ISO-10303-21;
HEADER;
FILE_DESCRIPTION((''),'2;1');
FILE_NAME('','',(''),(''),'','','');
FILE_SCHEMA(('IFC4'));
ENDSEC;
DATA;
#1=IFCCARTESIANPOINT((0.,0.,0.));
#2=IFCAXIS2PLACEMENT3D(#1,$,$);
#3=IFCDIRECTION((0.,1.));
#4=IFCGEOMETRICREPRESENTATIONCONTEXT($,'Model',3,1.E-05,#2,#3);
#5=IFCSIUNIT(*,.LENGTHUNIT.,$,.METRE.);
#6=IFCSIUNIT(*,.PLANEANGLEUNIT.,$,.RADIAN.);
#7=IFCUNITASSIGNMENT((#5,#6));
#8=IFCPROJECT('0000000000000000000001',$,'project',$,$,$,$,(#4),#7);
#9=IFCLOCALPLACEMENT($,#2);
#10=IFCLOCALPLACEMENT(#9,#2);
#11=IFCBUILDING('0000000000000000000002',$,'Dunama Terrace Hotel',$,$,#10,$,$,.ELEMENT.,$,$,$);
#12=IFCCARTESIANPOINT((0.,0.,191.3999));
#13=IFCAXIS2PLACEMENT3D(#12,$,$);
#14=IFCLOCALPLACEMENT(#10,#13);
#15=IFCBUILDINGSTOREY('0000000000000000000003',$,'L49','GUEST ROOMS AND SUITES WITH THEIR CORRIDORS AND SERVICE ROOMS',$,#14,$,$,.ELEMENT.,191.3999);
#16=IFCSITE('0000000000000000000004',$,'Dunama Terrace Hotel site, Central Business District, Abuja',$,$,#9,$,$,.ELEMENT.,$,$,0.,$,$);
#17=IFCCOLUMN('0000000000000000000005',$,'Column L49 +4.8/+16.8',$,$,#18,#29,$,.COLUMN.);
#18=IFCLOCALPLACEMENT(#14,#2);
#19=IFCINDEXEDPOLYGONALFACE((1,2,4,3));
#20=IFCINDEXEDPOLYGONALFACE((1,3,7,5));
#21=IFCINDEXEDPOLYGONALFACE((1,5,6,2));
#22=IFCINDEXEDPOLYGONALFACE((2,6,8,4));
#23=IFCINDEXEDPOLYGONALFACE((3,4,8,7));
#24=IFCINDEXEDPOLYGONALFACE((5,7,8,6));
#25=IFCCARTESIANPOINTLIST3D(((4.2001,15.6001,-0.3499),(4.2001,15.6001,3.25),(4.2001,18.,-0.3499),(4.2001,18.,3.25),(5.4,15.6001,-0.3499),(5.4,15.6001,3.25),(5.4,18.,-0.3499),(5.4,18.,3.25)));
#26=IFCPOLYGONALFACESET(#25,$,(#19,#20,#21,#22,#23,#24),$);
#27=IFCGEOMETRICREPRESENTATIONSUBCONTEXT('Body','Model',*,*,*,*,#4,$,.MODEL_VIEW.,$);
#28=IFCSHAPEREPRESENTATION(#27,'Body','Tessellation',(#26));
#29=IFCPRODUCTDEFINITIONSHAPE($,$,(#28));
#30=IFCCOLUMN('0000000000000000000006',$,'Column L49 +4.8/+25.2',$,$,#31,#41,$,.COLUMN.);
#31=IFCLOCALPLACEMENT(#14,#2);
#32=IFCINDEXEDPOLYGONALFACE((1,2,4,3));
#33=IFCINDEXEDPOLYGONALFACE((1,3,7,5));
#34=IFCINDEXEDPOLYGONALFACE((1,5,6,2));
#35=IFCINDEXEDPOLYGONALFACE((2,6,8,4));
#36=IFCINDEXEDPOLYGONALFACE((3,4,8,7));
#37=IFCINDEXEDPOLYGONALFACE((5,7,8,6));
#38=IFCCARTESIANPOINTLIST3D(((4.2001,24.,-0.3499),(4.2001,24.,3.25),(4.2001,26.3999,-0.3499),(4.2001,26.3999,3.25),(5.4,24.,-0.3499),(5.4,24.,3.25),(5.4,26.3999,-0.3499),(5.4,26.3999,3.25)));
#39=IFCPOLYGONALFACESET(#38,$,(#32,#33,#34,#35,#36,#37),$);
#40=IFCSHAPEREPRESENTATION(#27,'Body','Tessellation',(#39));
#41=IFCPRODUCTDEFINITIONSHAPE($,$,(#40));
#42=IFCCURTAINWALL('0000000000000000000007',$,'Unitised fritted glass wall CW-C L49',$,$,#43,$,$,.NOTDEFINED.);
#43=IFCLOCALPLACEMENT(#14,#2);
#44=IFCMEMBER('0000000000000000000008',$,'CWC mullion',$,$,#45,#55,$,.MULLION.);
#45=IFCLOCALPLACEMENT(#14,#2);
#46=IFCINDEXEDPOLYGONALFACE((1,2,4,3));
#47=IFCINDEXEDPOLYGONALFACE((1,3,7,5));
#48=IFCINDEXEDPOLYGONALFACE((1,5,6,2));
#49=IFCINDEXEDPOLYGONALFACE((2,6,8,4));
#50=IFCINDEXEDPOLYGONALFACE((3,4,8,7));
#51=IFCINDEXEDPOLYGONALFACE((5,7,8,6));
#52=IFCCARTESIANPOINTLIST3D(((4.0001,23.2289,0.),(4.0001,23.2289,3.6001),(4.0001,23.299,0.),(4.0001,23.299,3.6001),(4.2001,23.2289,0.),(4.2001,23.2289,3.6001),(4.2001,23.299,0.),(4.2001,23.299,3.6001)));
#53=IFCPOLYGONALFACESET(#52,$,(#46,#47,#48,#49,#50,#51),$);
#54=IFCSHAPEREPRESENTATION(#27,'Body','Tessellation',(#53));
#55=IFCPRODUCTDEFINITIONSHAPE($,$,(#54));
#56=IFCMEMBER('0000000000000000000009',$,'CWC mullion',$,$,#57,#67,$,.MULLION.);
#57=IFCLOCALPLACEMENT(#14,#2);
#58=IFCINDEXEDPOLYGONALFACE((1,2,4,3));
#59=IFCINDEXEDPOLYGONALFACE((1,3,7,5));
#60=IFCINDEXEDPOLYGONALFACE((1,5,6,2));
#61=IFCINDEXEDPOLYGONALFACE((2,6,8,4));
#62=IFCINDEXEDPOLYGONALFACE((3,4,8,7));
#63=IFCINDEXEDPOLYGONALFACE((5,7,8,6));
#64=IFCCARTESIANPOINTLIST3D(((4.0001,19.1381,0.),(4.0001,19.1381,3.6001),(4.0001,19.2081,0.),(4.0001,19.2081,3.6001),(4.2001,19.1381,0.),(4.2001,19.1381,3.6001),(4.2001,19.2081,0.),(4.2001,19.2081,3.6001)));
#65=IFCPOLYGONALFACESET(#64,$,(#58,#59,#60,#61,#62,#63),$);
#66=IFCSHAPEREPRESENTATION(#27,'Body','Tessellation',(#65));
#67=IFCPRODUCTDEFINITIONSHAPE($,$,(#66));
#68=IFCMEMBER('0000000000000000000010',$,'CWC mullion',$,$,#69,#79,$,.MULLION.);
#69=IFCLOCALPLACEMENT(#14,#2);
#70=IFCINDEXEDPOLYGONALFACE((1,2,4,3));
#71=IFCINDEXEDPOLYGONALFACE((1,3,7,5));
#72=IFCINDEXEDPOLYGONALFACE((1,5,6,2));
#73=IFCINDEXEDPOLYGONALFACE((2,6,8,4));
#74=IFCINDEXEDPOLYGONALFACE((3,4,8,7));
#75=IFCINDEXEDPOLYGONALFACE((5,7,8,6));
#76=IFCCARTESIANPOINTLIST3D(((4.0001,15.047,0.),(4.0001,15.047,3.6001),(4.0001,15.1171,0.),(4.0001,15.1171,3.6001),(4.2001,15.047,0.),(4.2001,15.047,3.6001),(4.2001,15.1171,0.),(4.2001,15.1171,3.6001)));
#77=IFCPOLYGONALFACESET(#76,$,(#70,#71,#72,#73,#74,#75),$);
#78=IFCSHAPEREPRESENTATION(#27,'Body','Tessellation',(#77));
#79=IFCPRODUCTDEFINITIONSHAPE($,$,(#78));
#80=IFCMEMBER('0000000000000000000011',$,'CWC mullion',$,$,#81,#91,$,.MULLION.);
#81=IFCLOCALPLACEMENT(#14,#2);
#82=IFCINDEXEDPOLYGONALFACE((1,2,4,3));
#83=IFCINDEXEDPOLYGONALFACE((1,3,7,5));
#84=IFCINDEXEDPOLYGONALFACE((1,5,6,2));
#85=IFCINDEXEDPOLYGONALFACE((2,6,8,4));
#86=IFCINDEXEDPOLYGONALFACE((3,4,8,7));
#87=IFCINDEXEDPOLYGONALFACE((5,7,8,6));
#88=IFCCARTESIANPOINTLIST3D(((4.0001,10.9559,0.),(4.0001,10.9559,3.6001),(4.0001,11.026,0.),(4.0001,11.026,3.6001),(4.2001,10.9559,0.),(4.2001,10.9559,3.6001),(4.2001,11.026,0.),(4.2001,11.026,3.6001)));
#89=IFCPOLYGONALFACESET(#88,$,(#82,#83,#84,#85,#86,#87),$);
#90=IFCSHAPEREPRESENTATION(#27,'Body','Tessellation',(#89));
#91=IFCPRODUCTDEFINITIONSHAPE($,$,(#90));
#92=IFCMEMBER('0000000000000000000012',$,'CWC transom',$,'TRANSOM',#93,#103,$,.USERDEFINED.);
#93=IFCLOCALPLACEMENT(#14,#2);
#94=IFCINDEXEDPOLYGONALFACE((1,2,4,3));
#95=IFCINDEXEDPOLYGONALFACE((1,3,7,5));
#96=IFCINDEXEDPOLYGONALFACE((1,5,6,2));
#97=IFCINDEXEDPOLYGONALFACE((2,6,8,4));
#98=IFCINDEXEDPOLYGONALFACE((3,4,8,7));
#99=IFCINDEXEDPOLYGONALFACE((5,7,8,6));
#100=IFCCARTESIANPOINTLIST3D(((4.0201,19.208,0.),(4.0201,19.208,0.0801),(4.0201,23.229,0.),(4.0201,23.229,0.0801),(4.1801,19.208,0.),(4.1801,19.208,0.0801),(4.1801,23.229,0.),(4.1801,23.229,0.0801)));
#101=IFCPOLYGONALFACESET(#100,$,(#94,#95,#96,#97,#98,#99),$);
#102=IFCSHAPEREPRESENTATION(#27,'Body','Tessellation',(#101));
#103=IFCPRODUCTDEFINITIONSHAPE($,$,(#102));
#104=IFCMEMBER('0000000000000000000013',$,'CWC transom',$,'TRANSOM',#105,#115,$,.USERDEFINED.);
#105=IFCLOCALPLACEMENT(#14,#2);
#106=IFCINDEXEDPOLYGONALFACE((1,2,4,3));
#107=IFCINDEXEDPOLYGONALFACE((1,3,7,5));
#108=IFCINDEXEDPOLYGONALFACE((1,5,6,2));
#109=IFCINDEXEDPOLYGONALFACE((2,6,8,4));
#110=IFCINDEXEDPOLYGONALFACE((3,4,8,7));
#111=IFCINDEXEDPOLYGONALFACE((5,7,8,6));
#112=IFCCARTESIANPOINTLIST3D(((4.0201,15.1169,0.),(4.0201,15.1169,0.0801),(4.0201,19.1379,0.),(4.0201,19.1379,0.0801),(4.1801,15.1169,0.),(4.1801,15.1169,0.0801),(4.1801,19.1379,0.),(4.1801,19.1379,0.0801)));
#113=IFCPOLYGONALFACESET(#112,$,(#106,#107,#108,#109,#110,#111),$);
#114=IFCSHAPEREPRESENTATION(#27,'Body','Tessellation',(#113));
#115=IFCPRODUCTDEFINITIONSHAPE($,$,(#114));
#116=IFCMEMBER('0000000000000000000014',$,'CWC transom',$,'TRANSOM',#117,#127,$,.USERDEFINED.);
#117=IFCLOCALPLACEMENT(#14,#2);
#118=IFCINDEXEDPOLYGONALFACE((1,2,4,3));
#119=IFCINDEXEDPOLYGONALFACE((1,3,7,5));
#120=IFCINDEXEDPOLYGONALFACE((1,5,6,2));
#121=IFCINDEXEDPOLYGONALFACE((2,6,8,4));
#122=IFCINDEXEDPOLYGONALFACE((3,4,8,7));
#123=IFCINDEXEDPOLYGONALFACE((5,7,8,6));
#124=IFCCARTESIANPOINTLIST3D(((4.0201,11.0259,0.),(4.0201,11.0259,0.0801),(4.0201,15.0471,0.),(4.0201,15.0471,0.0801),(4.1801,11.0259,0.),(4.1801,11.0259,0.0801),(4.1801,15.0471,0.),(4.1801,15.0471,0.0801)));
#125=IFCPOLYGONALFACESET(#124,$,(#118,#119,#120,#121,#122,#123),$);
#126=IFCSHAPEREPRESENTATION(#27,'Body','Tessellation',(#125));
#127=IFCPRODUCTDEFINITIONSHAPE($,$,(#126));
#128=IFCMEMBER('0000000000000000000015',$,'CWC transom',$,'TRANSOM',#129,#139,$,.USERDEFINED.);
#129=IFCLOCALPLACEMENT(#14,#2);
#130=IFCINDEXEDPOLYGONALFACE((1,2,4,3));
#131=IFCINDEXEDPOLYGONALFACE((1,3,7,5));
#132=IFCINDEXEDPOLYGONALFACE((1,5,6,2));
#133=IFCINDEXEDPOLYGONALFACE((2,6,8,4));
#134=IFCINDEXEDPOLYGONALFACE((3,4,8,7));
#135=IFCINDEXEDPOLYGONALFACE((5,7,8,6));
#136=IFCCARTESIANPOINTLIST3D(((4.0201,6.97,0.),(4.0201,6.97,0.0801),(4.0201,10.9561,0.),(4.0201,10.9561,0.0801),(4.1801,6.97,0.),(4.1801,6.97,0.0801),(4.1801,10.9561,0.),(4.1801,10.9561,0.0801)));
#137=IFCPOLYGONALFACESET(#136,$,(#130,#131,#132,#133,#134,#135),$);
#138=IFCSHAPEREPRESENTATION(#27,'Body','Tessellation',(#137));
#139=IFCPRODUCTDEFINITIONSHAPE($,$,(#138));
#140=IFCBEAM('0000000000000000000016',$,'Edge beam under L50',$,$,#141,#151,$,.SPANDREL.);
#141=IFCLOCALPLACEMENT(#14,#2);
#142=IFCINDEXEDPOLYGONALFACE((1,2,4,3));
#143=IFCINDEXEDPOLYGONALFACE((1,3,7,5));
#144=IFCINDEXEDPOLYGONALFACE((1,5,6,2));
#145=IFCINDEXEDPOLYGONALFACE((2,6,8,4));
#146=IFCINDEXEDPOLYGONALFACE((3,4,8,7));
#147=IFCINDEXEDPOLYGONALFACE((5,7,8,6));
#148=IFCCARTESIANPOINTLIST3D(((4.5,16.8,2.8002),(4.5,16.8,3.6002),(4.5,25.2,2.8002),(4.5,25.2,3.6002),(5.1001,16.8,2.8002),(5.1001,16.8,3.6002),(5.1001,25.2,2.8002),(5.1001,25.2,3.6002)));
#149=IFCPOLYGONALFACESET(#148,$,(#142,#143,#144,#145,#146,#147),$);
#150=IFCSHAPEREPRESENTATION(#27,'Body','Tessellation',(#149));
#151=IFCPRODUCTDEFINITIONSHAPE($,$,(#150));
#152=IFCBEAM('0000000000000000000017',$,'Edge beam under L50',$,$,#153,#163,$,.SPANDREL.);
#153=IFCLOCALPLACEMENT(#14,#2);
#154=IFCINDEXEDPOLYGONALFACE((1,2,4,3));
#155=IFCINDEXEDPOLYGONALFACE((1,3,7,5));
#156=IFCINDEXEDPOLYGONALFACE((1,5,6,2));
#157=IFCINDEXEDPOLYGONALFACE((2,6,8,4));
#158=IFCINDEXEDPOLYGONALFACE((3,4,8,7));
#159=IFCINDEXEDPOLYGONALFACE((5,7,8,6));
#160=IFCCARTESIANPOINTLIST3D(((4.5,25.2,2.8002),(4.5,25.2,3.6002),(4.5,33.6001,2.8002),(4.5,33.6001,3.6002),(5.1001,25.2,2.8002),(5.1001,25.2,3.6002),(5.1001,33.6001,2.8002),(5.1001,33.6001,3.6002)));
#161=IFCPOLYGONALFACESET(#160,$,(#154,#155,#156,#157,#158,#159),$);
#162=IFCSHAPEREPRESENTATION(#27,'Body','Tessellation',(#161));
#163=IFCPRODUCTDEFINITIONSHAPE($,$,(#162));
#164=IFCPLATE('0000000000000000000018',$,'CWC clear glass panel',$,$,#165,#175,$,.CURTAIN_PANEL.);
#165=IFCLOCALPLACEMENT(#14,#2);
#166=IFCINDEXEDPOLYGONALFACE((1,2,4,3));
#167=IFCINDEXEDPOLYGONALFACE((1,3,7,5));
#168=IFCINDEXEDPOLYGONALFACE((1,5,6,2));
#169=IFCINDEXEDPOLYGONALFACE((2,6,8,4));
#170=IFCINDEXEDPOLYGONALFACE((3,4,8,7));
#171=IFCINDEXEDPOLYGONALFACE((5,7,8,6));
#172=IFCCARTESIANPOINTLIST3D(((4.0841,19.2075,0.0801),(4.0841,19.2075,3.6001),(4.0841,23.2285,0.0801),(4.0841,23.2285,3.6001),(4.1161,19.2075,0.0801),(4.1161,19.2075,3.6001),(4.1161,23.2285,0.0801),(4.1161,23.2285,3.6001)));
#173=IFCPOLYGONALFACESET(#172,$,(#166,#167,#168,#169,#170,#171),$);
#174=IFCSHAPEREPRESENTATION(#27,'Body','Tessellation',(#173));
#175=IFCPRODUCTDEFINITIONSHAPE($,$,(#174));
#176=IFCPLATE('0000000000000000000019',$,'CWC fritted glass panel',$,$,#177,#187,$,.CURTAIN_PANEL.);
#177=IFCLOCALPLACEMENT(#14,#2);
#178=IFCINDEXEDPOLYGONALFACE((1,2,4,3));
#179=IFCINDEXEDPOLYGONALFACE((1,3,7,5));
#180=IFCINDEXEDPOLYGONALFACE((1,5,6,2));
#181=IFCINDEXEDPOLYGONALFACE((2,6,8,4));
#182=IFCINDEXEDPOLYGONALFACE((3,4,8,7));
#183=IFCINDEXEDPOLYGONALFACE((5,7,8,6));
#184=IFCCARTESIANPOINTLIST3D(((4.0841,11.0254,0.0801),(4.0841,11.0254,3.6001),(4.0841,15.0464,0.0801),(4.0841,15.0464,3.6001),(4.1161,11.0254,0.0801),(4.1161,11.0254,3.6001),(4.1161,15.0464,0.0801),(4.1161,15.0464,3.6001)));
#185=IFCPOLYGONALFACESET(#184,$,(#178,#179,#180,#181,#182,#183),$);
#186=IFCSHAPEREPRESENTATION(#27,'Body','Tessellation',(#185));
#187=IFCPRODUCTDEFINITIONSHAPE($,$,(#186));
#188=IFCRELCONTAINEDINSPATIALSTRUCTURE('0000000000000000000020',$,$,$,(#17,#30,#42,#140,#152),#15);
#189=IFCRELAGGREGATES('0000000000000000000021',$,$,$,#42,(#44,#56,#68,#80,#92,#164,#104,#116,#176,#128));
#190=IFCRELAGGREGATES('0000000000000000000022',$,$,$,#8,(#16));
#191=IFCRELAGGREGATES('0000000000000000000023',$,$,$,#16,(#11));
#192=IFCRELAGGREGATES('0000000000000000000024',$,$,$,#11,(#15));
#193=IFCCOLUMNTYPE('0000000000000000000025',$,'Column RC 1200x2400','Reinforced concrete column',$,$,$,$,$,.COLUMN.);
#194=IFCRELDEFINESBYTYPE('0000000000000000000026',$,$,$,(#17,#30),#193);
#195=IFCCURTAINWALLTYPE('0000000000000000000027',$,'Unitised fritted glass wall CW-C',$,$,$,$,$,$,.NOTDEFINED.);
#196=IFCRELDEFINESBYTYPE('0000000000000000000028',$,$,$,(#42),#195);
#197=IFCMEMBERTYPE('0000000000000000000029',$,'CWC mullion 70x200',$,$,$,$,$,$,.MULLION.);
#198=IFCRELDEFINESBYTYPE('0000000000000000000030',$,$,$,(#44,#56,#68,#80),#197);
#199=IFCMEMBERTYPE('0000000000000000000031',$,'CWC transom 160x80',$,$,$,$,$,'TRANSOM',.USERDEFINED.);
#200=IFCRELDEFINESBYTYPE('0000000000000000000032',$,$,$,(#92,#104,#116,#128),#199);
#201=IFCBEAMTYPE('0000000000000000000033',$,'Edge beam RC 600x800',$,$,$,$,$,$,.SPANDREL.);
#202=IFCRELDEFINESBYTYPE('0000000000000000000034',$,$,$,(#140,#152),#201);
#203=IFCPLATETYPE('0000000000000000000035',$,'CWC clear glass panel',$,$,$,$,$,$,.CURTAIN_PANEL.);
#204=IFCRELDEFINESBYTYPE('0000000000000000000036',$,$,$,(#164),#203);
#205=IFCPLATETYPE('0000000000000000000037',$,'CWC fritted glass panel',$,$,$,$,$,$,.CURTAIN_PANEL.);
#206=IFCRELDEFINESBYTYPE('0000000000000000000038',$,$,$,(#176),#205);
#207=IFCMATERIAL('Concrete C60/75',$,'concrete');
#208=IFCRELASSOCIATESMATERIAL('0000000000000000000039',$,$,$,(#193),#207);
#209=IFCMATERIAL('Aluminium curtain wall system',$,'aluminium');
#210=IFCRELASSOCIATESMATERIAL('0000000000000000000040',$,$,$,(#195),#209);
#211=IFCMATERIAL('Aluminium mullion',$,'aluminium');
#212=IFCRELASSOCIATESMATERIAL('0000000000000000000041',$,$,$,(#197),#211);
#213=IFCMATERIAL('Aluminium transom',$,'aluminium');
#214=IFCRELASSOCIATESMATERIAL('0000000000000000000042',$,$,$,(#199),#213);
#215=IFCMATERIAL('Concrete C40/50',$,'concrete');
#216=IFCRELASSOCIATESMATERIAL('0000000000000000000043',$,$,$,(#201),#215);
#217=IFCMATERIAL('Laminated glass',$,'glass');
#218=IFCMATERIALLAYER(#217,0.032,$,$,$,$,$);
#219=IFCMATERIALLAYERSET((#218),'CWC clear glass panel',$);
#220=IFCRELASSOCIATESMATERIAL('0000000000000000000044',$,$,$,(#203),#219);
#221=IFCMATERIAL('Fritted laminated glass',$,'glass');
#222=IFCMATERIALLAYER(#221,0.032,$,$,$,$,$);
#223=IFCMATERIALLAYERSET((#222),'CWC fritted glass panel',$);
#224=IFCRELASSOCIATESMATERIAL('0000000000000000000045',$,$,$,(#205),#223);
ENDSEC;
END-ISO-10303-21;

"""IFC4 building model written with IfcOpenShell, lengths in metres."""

from ifc_helpers import new_model, si_unit, direction, frame, origin, origin_2d, place, context, subcontext, project, spatial, rectangle, extrude, material, layer, layer_set, material_profile, profile_set, type_object, element, aggregate, save


model = new_model("IFC4")

# Units and contexts
model_context = context("Model", 3, precision=1e-05, world=origin(), true_north=direction((0.0, 1.0)))
body_context = subcontext(model_context, "Body", "Model", "MODEL_VIEW")
ifc_project = project(units=[si_unit("LENGTHUNIT", "METRE"), si_unit("PLANEANGLEUNIT", "RADIAN")], contexts=[model_context])

# Site, building, storey
site_placement = place(None, origin())
site = spatial("IfcSite", under=ifc_project, at=site_placement, Name="Dunama Terrace Hotel site, Central Business District, Abuja", CompositionType="ELEMENT", RefElevation=0.0)
building_placement = place(site_placement, origin())
building = spatial("IfcBuilding", under=site, at=building_placement, Name="Dunama Terrace Hotel", CompositionType="ELEMENT")
storey_placement = place(building_placement, frame((0.0, 0.0, 191.3999)))
storey = spatial("IfcBuildingStorey", under=building, at=storey_placement, Name="L49", Description="GUEST ROOMS AND SUITES WITH THEIR CORRIDORS AND SERVICE ROOMS", CompositionType="ELEMENT", Elevation=191.3999)

# Columns
ifc_material_1 = material(Name="Concrete C60/75", Category="concrete")
ifc_material_profile_1 = material_profile(ifc_material_1, rectangle(XDim=1.2, YDim=2.3999, at=origin_2d()), Name="RC 1200x2400")
ifc_profile_set_1 = profile_set([ifc_material_profile_1], Name="Concrete C60/75")
column_type = type_object("IfcColumnType", Name="Column RC 1200x2400", Description="Reinforced concrete column", PredefinedType="COLUMN", material=ifc_profile_set_1)
for number, where, z_axis, x_axis, name in (
    (1, (4.8, 16.8, -0.3499), (0.0, 0.0, 1.0), (1.0, 0.0, 0.0), "Column L49 +4.8/+16.8"),
    (2, (4.8, 25.2, -0.3499), (0.0, 0.0, 1.0), (1.0, 0.0, 0.0), "Column L49 +4.8/+25.2"),
):
    element("IfcColumn", number, at=place(storey_placement, frame(where, z_axis=z_axis, x_axis=x_axis)), inside=storey, type_object=column_type, Name=name, PredefinedType="COLUMN", context=body_context, shape_type="SweptSolid", body=[
        extrude(rectangle(XDim=1.2, YDim=2.3999, at=origin_2d()), origin(), (0.0, 0.0, 1.0), 3.5999),
    ])

# Curtain wall, members
ifc_material_2 = material(Name="Aluminium curtain wall system", Category="aluminium")
curtain_wall_type = type_object("IfcCurtainWallType", Name="Unitised fritted glass wall CW-C", PredefinedType="NOTDEFINED", material=ifc_material_2)
curtain_wall_placement = place(storey_placement, origin())
curtain_wall = element("IfcCurtainWall", 3, at=curtain_wall_placement, inside=storey, type_object=curtain_wall_type, Name="Unitised fritted glass wall CW-C L49", PredefinedType="NOTDEFINED")
ifc_material_3 = material(Name="Aluminium mullion", Category="aluminium")
ifc_material_profile_2 = material_profile(ifc_material_3, rectangle(XDim=0.0701, YDim=0.2, at=origin_2d()), Name="CWC MULLION 70X200")
ifc_profile_set_2 = profile_set([ifc_material_profile_2], Name="Aluminium mullion")
member_type_1 = type_object("IfcMemberType", Name="CWC mullion 70x200", PredefinedType="MULLION", material=ifc_profile_set_2)
member_1_placement = place(storey_placement, frame((4.1001, 23.2639, 0.0), z_axis=(0.0, 0.0, 1.0), x_axis=(0.0, -1.0, 0.0)))
member_1 = element("IfcMember", 4, at=member_1_placement, type_object=member_type_1, Name="CWC mullion", PredefinedType="MULLION", context=body_context, shape_type="SweptSolid", body=[
    extrude(rectangle(XDim=0.0701, YDim=0.2, at=origin_2d()), origin(), (0.0, 0.0, 1.0), 3.6001),
])
member_2_placement = place(storey_placement, frame((4.1001, 19.1731, 0.0), z_axis=(0.0, 0.0, 1.0), x_axis=(0.0, -1.0, 0.0)))
member_2 = element("IfcMember", 5, at=member_2_placement, type_object=member_type_1, Name="CWC mullion", PredefinedType="MULLION", context=body_context, shape_type="SweptSolid", body=[
    extrude(rectangle(XDim=0.0701, YDim=0.2, at=origin_2d()), origin(), (0.0, 0.0, 1.0), 3.6001),
])
member_3_placement = place(storey_placement, frame((4.1001, 15.082, 0.0), z_axis=(0.0, 0.0, 1.0), x_axis=(0.0, -1.0, 0.0)))
member_3 = element("IfcMember", 6, at=member_3_placement, type_object=member_type_1, Name="CWC mullion", PredefinedType="MULLION", context=body_context, shape_type="SweptSolid", body=[
    extrude(rectangle(XDim=0.0701, YDim=0.2, at=origin_2d()), origin(), (0.0, 0.0, 1.0), 3.6001),
])
member_4_placement = place(storey_placement, frame((4.1001, 10.991, 0.0), z_axis=(0.0, 0.0, 1.0), x_axis=(0.0, -1.0, 0.0)))
member_4 = element("IfcMember", 7, at=member_4_placement, type_object=member_type_1, Name="CWC mullion", PredefinedType="MULLION", context=body_context, shape_type="SweptSolid", body=[
    extrude(rectangle(XDim=0.0701, YDim=0.2, at=origin_2d()), origin(), (0.0, 0.0, 1.0), 3.6001),
])
ifc_material_4 = material(Name="Aluminium transom", Category="aluminium")
ifc_material_profile_3 = material_profile(ifc_material_4, rectangle(XDim=0.1599, YDim=0.0801, at=origin_2d()), Name="CWC TRANSOM 160X80")
ifc_profile_set_3 = profile_set([ifc_material_profile_3], Name="Aluminium transom")
member_type_2 = type_object("IfcMemberType", Name="CWC transom 160x80", ElementType="TRANSOM", PredefinedType="USERDEFINED", material=ifc_profile_set_3)
member_5_placement = place(storey_placement, frame((4.1001, 23.229, 0.04), z_axis=(0.0, -1.0, 0.0), x_axis=(1.0, 0.0, 0.0)))
member_5 = element("IfcMember", 8, at=member_5_placement, type_object=member_type_2, Name="CWC transom", ObjectType="TRANSOM", PredefinedType="USERDEFINED", context=body_context, shape_type="SweptSolid", body=[
    extrude(rectangle(XDim=0.1599, YDim=0.0801, at=origin_2d()), origin(), (0.0, 0.0, 1.0), 4.021),
])
member_6_placement = place(storey_placement, frame((4.1001, 19.1379, 0.04), z_axis=(0.0, -1.0, 0.0), x_axis=(1.0, 0.0, 0.0)))
member_6 = element("IfcMember", 9, at=member_6_placement, type_object=member_type_2, Name="CWC transom", ObjectType="TRANSOM", PredefinedType="USERDEFINED", context=body_context, shape_type="SweptSolid", body=[
    extrude(rectangle(XDim=0.1599, YDim=0.0801, at=origin_2d()), origin(), (0.0, 0.0, 1.0), 4.021),
])
member_7_placement = place(storey_placement, frame((4.1001, 15.0471, 0.04), z_axis=(0.0, -1.0, 0.0), x_axis=(1.0, 0.0, 0.0)))
member_7 = element("IfcMember", 10, at=member_7_placement, type_object=member_type_2, Name="CWC transom", ObjectType="TRANSOM", PredefinedType="USERDEFINED", context=body_context, shape_type="SweptSolid", body=[
    extrude(rectangle(XDim=0.1599, YDim=0.0801, at=origin_2d()), origin(), (0.0, 0.0, 1.0), 4.0212),
])
member_8_placement = place(storey_placement, frame((4.1001, 10.9561, 0.04), z_axis=(0.0, -1.0, 0.0), x_axis=(1.0, 0.0, 0.0)))
member_8 = element("IfcMember", 11, at=member_8_placement, type_object=member_type_2, Name="CWC transom", ObjectType="TRANSOM", PredefinedType="USERDEFINED", context=body_context, shape_type="SweptSolid", body=[
    extrude(rectangle(XDim=0.1599, YDim=0.0801, at=origin_2d()), origin(), (0.0, 0.0, 1.0), 3.9861),
])

# Beams
ifc_material_5 = material(Name="Concrete C40/50", Category="concrete")
ifc_material_profile_4 = material_profile(ifc_material_5, rectangle(XDim=0.6001, YDim=0.8, at=origin_2d()), Name="RC 600x800")
ifc_profile_set_4 = profile_set([ifc_material_profile_4], Name="Concrete C40/50")
beam_type = type_object("IfcBeamType", Name="Edge beam RC 600x800", PredefinedType="SPANDREL", material=ifc_profile_set_4)
beam_1_placement = place(storey_placement, frame((4.8, 16.8, 3.2002), z_axis=(0.0, 1.0, 0.0), x_axis=(-1.0, 0.0, 0.0)))
element("IfcBeam", 12, at=beam_1_placement, inside=storey, type_object=beam_type, Name="Edge beam under L50", PredefinedType="SPANDREL", context=body_context, shape_type="SweptSolid", body=[
    extrude(rectangle(XDim=0.6001, YDim=0.8, at=origin_2d()), origin(), (0.0, 0.0, 1.0), 8.3999),
])
beam_2_placement = place(storey_placement, frame((4.8, 25.2, 3.2002), z_axis=(0.0, 1.0, 0.0), x_axis=(-1.0, 0.0, 0.0)))
element("IfcBeam", 13, at=beam_2_placement, inside=storey, type_object=beam_type, Name="Edge beam under L50", PredefinedType="SPANDREL", context=body_context, shape_type="SweptSolid", body=[
    extrude(rectangle(XDim=0.6001, YDim=0.8, at=origin_2d()), origin(), (0.0, 0.0, 1.0), 8.4001),
])

# Plates
ifc_material_6 = material(Name="Laminated glass", Category="glass")
ifc_layer_1 = layer(ifc_material_6, 0.032)
ifc_layer_set_1 = layer_set([ifc_layer_1], Name="CWC clear glass panel")
plate_type_1 = type_object("IfcPlateType", Name="CWC clear glass panel", PredefinedType="CURTAIN_PANEL", material=ifc_layer_set_1)
plate_1_placement = place(storey_placement, frame((4.1001, 21.218, 0.0801), z_axis=(0.0, 0.0, 1.0), x_axis=(0.0, -1.0, 0.0)))
plate_1 = element("IfcPlate", 14, at=plate_1_placement, type_object=plate_type_1, Name="CWC clear glass panel", PredefinedType="CURTAIN_PANEL", context=body_context, shape_type="SweptSolid", body=[
    extrude(rectangle(XDim=4.021, YDim=0.032, at=origin_2d()), origin(), (0.0, 0.0, 1.0), 3.52),
])
ifc_material_7 = material(Name="Fritted laminated glass", Category="glass")
ifc_layer_2 = layer(ifc_material_7, 0.032)
ifc_layer_set_2 = layer_set([ifc_layer_2], Name="CWC fritted glass panel")
plate_type_2 = type_object("IfcPlateType", Name="CWC fritted glass panel", PredefinedType="CURTAIN_PANEL", material=ifc_layer_set_2)
plate_2_placement = place(storey_placement, frame((4.1001, 13.0359, 0.0801), z_axis=(0.0, 0.0, 1.0), x_axis=(0.0, -1.0, 0.0)))
plate_2 = element("IfcPlate", 15, at=plate_2_placement, type_object=plate_type_2, Name="CWC fritted glass panel", PredefinedType="CURTAIN_PANEL", context=body_context, shape_type="SweptSolid", body=[
    extrude(rectangle(XDim=4.021, YDim=0.032, at=origin_2d()), origin(), (0.0, 0.0, 1.0), 3.52),
])
aggregate(curtain_wall, [member_1, member_2, member_3, member_4, member_5, plate_1, member_6, member_7, plate_2, member_8])

save(model, "model.ifc")
